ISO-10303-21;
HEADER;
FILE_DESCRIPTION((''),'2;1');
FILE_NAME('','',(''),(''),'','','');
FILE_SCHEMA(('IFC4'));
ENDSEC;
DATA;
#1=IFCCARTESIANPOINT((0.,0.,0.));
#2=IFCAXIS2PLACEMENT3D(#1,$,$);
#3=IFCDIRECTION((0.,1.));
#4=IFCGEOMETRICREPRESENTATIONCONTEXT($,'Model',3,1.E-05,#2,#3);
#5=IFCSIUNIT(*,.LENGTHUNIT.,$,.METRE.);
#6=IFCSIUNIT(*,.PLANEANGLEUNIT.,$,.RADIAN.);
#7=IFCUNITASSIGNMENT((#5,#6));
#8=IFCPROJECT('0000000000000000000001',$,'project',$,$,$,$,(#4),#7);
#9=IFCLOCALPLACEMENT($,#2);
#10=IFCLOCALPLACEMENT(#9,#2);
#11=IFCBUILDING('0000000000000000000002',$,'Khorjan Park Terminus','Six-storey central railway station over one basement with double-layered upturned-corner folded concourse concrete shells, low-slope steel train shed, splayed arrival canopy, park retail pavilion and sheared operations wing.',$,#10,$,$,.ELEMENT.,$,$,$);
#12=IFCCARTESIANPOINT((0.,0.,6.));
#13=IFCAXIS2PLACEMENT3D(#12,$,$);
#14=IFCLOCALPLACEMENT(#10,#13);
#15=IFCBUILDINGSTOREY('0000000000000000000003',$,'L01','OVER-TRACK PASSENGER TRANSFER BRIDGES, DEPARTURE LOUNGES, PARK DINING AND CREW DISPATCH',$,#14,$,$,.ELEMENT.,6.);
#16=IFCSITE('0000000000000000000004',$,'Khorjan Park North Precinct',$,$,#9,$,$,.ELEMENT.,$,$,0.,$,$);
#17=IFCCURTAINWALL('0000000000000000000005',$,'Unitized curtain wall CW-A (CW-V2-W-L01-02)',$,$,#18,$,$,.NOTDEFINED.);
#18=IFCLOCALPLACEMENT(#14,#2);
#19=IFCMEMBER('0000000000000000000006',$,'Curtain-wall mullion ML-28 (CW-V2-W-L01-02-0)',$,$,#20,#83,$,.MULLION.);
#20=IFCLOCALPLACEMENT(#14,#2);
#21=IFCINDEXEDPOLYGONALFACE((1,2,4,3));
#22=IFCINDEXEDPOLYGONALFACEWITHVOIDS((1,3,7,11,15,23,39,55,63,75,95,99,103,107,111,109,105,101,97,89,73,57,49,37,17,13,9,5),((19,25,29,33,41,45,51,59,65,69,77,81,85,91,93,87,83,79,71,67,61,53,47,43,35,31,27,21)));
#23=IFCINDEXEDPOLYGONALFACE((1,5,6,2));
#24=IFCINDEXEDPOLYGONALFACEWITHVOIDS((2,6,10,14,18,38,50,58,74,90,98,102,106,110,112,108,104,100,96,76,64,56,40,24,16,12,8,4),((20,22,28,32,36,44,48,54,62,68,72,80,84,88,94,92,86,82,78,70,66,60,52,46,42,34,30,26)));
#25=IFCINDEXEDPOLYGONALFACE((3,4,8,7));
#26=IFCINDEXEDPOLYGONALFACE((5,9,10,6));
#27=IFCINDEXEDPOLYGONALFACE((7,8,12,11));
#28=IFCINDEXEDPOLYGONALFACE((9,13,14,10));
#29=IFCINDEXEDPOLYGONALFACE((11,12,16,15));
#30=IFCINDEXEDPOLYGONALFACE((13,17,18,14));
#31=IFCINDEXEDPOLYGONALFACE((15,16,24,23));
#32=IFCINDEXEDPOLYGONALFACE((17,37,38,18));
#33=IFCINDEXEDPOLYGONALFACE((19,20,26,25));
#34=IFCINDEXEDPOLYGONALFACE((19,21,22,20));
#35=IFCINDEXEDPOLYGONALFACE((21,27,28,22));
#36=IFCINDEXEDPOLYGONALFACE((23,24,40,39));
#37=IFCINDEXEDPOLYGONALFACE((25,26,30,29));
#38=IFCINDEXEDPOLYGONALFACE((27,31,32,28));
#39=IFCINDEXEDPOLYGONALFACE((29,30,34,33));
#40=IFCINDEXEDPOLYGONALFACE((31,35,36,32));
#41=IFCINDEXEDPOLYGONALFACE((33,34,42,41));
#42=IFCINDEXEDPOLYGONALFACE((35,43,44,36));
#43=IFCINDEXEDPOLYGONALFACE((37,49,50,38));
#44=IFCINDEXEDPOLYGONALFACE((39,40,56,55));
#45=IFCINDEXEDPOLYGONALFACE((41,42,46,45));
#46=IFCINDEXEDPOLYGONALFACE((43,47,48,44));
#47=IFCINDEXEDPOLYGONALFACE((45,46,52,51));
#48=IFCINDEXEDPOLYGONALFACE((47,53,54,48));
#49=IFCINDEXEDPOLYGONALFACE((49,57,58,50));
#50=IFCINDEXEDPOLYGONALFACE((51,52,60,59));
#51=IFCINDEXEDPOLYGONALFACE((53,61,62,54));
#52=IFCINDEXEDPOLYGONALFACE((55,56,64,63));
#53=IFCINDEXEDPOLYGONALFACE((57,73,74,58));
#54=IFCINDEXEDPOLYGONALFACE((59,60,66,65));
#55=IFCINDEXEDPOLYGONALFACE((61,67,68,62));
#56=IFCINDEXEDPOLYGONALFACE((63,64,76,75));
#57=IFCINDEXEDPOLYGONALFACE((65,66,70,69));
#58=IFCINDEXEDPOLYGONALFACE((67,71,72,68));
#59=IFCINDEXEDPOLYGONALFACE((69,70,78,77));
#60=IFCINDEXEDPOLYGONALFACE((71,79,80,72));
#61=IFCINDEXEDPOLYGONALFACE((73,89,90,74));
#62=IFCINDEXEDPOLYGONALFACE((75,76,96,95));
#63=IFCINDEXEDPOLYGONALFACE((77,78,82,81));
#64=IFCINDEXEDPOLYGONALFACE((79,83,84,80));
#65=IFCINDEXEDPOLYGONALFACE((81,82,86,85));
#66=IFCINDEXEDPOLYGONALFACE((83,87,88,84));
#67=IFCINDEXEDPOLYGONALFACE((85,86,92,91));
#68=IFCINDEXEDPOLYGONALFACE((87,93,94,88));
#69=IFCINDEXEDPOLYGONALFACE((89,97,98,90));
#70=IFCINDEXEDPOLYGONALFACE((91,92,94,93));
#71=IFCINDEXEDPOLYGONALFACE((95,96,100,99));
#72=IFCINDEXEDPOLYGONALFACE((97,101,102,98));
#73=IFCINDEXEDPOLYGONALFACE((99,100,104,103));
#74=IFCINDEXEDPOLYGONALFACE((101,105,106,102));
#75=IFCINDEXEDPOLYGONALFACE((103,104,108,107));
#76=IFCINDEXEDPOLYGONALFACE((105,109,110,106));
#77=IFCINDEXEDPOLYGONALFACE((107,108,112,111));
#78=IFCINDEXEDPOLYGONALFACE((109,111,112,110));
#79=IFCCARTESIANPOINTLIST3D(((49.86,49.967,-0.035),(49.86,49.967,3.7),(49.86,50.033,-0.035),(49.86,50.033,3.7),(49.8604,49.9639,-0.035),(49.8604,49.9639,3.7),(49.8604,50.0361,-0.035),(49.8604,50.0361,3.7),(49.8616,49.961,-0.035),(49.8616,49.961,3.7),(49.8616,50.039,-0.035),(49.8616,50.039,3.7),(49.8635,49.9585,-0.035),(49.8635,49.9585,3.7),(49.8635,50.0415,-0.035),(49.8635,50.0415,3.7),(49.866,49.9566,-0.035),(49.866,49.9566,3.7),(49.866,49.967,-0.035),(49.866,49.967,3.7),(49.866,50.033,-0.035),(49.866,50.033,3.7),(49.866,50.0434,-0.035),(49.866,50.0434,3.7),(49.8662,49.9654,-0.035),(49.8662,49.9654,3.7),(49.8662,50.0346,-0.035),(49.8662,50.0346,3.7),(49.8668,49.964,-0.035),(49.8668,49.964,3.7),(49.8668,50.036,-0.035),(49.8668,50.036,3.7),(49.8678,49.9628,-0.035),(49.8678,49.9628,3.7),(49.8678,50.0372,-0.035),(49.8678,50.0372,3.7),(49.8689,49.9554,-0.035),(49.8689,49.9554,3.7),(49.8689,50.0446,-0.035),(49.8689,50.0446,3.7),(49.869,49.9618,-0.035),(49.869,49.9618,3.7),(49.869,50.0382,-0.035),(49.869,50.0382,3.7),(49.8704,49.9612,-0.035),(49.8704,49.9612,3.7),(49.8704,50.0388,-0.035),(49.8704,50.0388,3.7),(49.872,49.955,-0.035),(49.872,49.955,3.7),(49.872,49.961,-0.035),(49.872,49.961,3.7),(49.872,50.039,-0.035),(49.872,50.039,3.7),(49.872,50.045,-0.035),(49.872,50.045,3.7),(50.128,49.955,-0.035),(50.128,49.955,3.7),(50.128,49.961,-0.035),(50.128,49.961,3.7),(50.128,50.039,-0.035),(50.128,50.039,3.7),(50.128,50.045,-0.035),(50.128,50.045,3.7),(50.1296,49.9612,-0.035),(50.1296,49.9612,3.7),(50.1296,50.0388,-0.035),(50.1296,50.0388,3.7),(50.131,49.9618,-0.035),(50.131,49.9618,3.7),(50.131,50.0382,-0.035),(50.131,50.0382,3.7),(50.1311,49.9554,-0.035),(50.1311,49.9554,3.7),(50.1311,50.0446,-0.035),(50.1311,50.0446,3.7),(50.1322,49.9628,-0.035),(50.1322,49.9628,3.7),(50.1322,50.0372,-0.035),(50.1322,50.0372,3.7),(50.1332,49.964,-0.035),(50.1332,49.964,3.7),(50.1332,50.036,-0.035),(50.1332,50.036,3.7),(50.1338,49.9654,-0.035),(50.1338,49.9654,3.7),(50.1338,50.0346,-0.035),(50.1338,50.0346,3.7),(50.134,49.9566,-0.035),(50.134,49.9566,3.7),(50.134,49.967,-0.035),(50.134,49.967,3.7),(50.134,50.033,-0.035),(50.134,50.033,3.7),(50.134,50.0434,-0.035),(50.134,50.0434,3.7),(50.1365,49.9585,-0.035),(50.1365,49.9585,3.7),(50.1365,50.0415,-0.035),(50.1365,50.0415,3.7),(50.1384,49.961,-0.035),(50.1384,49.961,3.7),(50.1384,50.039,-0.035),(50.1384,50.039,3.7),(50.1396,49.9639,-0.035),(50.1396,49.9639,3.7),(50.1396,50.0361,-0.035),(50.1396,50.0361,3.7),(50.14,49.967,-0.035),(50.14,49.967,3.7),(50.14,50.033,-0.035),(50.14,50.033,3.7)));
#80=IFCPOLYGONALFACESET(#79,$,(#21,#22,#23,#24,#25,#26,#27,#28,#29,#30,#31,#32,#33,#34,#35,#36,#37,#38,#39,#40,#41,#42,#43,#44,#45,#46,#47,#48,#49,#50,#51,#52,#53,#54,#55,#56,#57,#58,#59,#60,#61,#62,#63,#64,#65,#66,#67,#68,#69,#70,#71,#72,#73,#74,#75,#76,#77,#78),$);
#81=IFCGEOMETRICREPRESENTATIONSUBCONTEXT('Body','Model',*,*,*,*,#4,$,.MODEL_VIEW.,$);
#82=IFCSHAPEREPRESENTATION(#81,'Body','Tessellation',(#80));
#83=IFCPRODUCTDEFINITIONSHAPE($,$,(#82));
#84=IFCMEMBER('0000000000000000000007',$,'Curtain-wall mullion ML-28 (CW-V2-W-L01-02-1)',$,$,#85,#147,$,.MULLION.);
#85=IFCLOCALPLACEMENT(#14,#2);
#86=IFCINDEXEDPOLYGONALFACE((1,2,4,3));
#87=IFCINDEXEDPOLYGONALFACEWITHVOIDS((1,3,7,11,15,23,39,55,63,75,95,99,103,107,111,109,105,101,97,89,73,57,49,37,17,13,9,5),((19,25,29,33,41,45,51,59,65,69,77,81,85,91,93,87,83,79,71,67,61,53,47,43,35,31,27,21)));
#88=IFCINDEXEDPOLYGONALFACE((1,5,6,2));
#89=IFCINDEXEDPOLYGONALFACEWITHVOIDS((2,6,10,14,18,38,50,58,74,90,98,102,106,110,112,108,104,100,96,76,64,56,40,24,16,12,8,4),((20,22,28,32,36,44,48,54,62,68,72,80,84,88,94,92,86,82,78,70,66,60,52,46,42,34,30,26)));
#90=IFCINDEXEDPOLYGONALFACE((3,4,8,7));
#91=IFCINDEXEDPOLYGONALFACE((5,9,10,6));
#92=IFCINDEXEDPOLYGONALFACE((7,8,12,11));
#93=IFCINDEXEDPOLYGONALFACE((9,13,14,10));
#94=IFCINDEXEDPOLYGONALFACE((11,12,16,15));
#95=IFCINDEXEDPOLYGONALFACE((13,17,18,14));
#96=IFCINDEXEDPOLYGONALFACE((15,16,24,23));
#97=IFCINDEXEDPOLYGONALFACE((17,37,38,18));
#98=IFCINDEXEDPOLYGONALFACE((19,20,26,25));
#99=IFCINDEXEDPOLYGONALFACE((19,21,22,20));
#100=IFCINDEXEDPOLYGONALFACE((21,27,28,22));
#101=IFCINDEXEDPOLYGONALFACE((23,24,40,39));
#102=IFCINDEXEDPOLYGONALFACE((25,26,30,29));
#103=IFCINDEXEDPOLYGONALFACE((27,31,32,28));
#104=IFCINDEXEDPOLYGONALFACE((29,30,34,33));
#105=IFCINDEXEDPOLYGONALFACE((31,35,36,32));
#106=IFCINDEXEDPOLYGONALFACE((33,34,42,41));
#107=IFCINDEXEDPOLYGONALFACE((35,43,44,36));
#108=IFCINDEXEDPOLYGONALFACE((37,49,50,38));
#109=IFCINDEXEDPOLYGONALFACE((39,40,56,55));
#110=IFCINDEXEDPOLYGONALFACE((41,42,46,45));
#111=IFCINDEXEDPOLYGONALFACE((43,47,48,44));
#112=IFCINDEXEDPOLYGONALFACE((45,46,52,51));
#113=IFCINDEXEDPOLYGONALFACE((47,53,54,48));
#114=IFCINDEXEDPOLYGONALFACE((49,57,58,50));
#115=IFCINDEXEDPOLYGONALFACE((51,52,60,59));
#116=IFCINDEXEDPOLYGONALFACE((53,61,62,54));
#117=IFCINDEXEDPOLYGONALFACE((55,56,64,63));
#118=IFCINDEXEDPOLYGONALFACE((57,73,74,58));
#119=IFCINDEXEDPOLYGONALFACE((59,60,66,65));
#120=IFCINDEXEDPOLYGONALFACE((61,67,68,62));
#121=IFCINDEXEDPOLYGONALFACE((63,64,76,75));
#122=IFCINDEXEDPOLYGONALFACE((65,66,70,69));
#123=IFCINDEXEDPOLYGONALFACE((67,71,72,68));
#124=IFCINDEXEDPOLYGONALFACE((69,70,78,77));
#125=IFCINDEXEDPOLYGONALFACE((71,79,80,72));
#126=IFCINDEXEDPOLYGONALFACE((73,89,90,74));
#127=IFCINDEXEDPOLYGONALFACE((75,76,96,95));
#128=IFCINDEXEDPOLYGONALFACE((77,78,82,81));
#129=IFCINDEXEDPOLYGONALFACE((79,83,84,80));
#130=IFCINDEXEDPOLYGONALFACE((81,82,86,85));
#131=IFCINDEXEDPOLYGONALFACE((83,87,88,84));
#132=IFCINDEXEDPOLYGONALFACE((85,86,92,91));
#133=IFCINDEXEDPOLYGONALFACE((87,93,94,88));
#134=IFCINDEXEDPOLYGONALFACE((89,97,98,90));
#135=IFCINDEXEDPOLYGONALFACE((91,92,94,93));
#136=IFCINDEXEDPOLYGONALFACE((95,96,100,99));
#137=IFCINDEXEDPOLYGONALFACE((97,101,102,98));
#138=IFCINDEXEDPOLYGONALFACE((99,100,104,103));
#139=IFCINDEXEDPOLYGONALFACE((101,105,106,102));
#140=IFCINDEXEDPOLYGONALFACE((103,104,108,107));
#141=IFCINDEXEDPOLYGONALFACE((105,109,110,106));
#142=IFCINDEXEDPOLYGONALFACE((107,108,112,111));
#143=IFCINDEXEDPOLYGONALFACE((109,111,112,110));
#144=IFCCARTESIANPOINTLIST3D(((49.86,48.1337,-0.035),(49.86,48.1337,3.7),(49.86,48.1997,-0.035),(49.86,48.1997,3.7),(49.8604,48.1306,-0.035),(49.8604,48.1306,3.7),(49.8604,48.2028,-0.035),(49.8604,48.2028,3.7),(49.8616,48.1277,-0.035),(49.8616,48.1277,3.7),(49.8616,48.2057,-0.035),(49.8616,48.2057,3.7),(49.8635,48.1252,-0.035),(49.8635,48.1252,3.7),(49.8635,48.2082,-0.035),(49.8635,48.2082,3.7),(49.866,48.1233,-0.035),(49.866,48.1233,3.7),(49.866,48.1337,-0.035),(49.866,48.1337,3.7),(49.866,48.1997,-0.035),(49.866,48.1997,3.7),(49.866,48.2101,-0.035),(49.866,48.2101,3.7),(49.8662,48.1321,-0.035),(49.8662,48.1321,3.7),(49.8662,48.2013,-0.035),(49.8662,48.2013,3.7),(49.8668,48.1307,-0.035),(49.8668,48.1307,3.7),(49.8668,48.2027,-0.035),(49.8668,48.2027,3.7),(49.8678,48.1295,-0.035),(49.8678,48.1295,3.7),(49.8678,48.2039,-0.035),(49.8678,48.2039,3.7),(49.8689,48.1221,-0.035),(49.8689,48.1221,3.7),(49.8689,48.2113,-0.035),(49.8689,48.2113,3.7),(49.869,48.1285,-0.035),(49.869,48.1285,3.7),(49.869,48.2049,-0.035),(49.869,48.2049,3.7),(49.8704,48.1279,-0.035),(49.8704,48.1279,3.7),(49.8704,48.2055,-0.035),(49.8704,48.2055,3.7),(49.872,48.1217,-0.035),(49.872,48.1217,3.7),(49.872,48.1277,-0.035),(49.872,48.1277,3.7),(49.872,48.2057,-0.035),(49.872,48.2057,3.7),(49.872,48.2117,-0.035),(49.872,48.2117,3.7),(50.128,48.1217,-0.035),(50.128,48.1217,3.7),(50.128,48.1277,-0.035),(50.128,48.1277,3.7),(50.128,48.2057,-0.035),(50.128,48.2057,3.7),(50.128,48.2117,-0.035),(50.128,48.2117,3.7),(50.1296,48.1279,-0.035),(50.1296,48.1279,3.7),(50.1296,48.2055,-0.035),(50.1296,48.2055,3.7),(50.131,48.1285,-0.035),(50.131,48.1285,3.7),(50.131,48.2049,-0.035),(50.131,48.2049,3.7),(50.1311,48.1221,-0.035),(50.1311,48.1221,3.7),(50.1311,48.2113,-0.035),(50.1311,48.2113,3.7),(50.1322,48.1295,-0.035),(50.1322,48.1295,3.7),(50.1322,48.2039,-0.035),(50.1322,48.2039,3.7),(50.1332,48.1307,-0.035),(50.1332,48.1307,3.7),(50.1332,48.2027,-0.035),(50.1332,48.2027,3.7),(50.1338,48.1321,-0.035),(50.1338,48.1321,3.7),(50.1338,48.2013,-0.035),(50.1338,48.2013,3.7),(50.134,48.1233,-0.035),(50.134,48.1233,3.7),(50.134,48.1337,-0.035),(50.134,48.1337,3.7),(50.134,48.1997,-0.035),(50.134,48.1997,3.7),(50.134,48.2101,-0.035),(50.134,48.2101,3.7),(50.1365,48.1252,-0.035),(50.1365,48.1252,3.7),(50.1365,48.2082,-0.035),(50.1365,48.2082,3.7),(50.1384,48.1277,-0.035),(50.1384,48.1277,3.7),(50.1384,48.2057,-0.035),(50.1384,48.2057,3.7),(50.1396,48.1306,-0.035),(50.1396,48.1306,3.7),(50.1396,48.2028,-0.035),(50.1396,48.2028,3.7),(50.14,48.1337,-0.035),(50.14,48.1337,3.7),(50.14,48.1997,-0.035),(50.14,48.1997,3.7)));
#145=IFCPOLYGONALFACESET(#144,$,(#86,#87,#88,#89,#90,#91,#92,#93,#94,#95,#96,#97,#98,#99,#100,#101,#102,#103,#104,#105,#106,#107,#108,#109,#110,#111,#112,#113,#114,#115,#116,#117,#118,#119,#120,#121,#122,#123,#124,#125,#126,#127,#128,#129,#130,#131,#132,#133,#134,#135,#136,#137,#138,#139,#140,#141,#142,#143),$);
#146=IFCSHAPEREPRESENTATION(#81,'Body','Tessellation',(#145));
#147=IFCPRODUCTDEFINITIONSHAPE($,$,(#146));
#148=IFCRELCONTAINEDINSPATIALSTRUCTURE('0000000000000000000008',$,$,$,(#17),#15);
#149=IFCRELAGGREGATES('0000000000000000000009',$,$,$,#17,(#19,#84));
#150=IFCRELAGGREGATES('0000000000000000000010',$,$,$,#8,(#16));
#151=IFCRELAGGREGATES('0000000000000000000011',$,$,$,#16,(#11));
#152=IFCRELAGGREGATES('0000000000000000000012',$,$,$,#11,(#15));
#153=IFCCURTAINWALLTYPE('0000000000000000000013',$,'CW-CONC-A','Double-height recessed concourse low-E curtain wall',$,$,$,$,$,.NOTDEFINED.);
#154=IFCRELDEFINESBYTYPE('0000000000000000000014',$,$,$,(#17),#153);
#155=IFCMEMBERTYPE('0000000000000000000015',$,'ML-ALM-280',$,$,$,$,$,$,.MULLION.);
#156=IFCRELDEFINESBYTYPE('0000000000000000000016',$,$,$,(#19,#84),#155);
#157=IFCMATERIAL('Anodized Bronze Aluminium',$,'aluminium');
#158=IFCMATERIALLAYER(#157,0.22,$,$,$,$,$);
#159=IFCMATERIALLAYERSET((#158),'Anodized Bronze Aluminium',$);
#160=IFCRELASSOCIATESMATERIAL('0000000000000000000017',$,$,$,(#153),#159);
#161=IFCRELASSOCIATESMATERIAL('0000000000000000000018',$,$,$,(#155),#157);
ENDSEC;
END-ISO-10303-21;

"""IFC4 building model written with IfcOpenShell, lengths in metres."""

from ifc_helpers import new_model, si_unit, direction, frame, origin, origin_2d, place, context, subcontext, project, spatial, hollow_rectangle, extrude, material, layer, layer_set, material_profile, profile_set, type_object, element, aggregate, save


model = new_model("IFC4")

# Units and contexts
model_context = context("Model", 3, precision=1e-05, world=origin(), true_north=direction((0.0, 1.0)))
body_context = subcontext(model_context, "Body", "Model", "MODEL_VIEW")
ifc_project = project(units=[si_unit("LENGTHUNIT", "METRE"), si_unit("PLANEANGLEUNIT", "RADIAN")], contexts=[model_context])

# Site, building, storey
site_placement = place(None, origin())
site = spatial("IfcSite", under=ifc_project, at=site_placement, Name="Khorjan Park North Precinct", CompositionType="ELEMENT", RefElevation=0.0)
building_placement = place(site_placement, origin())
building = spatial("IfcBuilding", under=site, at=building_placement, Name="Khorjan Park Terminus", Description="Six-storey central railway station over one basement with double-layered upturned-corner folded concourse concrete shells, low-slope steel train shed, splayed arrival canopy, park retail pavilion and sheared operations wing.", CompositionType="ELEMENT")
storey_placement = place(building_placement, frame((0.0, 0.0, 6.0)))
storey = spatial("IfcBuildingStorey", under=building, at=storey_placement, Name="L01", Description="OVER-TRACK PASSENGER TRANSFER BRIDGES, DEPARTURE LOUNGES, PARK DINING AND CREW DISPATCH", CompositionType="ELEMENT", Elevation=6.0)

# Curtain wall, members
ifc_material_1 = material(Name="Anodized Bronze Aluminium", Category="aluminium")
ifc_layer_1 = layer(ifc_material_1, 0.22)
ifc_layer_set_1 = layer_set([ifc_layer_1], Name="Anodized Bronze Aluminium")
curtain_wall_type_1 = type_object("IfcCurtainWallType", Name="CW-CONC-A", Description="Double-height recessed concourse low-E curtain wall", PredefinedType="NOTDEFINED", material=ifc_layer_set_1)
curtain_wall_1_placement = place(storey_placement, origin())
curtain_wall_1 = element("IfcCurtainWall", 1, at=curtain_wall_1_placement, inside=storey, type_object=curtain_wall_type_1, Name="Unitized curtain wall CW-A (CW-V2-W-L01-02)", PredefinedType="NOTDEFINED")
ifc_material_profile_1 = material_profile(ifc_material_1, hollow_rectangle(XDim=0.09, YDim=0.28, WallThickness=0.006, InnerFilletRadius=0.006, OuterFilletRadius=0.012, at=origin_2d()), Name="ALM 90x280x6")
ifc_profile_set_1 = profile_set([ifc_material_profile_1], Name="Anodized Bronze Aluminium")
member_type_1 = type_object("IfcMemberType", Name="ML-ALM-280", PredefinedType="MULLION", material=ifc_profile_set_1)
member_1_placement = place(storey_placement, frame((50.0, 50.0, -0.035), z_axis=(0.0, 0.0, 1.0), x_axis=(0.0, -1.0, 0.0)))
member_1 = element("IfcMember", 2, at=member_1_placement, type_object=member_type_1, Name="Curtain-wall mullion ML-28 (CW-V2-W-L01-02-0)", PredefinedType="MULLION", context=body_context, shape_type="SweptSolid", body=[
    extrude(hollow_rectangle(XDim=0.09, YDim=0.28, WallThickness=0.006, InnerFilletRadius=0.006, OuterFilletRadius=0.012, at=origin_2d()), origin(), (0.0, 0.0, 1.0), 3.735),
])
member_2_placement = place(storey_placement, frame((50.0, 48.1667, -0.035), z_axis=(0.0, 0.0, 1.0), x_axis=(0.0, -1.0, 0.0)))
member_2 = element("IfcMember", 3, at=member_2_placement, type_object=member_type_1, Name="Curtain-wall mullion ML-28 (CW-V2-W-L01-02-1)", PredefinedType="MULLION", context=body_context, shape_type="SweptSolid", body=[
    extrude(hollow_rectangle(XDim=0.09, YDim=0.28, WallThickness=0.006, InnerFilletRadius=0.006, OuterFilletRadius=0.012, at=origin_2d()), origin(), (0.0, 0.0, 1.0), 3.735),
])

aggregate(curtain_wall_1, [member_1, member_2])

save(model, "model.ifc")
